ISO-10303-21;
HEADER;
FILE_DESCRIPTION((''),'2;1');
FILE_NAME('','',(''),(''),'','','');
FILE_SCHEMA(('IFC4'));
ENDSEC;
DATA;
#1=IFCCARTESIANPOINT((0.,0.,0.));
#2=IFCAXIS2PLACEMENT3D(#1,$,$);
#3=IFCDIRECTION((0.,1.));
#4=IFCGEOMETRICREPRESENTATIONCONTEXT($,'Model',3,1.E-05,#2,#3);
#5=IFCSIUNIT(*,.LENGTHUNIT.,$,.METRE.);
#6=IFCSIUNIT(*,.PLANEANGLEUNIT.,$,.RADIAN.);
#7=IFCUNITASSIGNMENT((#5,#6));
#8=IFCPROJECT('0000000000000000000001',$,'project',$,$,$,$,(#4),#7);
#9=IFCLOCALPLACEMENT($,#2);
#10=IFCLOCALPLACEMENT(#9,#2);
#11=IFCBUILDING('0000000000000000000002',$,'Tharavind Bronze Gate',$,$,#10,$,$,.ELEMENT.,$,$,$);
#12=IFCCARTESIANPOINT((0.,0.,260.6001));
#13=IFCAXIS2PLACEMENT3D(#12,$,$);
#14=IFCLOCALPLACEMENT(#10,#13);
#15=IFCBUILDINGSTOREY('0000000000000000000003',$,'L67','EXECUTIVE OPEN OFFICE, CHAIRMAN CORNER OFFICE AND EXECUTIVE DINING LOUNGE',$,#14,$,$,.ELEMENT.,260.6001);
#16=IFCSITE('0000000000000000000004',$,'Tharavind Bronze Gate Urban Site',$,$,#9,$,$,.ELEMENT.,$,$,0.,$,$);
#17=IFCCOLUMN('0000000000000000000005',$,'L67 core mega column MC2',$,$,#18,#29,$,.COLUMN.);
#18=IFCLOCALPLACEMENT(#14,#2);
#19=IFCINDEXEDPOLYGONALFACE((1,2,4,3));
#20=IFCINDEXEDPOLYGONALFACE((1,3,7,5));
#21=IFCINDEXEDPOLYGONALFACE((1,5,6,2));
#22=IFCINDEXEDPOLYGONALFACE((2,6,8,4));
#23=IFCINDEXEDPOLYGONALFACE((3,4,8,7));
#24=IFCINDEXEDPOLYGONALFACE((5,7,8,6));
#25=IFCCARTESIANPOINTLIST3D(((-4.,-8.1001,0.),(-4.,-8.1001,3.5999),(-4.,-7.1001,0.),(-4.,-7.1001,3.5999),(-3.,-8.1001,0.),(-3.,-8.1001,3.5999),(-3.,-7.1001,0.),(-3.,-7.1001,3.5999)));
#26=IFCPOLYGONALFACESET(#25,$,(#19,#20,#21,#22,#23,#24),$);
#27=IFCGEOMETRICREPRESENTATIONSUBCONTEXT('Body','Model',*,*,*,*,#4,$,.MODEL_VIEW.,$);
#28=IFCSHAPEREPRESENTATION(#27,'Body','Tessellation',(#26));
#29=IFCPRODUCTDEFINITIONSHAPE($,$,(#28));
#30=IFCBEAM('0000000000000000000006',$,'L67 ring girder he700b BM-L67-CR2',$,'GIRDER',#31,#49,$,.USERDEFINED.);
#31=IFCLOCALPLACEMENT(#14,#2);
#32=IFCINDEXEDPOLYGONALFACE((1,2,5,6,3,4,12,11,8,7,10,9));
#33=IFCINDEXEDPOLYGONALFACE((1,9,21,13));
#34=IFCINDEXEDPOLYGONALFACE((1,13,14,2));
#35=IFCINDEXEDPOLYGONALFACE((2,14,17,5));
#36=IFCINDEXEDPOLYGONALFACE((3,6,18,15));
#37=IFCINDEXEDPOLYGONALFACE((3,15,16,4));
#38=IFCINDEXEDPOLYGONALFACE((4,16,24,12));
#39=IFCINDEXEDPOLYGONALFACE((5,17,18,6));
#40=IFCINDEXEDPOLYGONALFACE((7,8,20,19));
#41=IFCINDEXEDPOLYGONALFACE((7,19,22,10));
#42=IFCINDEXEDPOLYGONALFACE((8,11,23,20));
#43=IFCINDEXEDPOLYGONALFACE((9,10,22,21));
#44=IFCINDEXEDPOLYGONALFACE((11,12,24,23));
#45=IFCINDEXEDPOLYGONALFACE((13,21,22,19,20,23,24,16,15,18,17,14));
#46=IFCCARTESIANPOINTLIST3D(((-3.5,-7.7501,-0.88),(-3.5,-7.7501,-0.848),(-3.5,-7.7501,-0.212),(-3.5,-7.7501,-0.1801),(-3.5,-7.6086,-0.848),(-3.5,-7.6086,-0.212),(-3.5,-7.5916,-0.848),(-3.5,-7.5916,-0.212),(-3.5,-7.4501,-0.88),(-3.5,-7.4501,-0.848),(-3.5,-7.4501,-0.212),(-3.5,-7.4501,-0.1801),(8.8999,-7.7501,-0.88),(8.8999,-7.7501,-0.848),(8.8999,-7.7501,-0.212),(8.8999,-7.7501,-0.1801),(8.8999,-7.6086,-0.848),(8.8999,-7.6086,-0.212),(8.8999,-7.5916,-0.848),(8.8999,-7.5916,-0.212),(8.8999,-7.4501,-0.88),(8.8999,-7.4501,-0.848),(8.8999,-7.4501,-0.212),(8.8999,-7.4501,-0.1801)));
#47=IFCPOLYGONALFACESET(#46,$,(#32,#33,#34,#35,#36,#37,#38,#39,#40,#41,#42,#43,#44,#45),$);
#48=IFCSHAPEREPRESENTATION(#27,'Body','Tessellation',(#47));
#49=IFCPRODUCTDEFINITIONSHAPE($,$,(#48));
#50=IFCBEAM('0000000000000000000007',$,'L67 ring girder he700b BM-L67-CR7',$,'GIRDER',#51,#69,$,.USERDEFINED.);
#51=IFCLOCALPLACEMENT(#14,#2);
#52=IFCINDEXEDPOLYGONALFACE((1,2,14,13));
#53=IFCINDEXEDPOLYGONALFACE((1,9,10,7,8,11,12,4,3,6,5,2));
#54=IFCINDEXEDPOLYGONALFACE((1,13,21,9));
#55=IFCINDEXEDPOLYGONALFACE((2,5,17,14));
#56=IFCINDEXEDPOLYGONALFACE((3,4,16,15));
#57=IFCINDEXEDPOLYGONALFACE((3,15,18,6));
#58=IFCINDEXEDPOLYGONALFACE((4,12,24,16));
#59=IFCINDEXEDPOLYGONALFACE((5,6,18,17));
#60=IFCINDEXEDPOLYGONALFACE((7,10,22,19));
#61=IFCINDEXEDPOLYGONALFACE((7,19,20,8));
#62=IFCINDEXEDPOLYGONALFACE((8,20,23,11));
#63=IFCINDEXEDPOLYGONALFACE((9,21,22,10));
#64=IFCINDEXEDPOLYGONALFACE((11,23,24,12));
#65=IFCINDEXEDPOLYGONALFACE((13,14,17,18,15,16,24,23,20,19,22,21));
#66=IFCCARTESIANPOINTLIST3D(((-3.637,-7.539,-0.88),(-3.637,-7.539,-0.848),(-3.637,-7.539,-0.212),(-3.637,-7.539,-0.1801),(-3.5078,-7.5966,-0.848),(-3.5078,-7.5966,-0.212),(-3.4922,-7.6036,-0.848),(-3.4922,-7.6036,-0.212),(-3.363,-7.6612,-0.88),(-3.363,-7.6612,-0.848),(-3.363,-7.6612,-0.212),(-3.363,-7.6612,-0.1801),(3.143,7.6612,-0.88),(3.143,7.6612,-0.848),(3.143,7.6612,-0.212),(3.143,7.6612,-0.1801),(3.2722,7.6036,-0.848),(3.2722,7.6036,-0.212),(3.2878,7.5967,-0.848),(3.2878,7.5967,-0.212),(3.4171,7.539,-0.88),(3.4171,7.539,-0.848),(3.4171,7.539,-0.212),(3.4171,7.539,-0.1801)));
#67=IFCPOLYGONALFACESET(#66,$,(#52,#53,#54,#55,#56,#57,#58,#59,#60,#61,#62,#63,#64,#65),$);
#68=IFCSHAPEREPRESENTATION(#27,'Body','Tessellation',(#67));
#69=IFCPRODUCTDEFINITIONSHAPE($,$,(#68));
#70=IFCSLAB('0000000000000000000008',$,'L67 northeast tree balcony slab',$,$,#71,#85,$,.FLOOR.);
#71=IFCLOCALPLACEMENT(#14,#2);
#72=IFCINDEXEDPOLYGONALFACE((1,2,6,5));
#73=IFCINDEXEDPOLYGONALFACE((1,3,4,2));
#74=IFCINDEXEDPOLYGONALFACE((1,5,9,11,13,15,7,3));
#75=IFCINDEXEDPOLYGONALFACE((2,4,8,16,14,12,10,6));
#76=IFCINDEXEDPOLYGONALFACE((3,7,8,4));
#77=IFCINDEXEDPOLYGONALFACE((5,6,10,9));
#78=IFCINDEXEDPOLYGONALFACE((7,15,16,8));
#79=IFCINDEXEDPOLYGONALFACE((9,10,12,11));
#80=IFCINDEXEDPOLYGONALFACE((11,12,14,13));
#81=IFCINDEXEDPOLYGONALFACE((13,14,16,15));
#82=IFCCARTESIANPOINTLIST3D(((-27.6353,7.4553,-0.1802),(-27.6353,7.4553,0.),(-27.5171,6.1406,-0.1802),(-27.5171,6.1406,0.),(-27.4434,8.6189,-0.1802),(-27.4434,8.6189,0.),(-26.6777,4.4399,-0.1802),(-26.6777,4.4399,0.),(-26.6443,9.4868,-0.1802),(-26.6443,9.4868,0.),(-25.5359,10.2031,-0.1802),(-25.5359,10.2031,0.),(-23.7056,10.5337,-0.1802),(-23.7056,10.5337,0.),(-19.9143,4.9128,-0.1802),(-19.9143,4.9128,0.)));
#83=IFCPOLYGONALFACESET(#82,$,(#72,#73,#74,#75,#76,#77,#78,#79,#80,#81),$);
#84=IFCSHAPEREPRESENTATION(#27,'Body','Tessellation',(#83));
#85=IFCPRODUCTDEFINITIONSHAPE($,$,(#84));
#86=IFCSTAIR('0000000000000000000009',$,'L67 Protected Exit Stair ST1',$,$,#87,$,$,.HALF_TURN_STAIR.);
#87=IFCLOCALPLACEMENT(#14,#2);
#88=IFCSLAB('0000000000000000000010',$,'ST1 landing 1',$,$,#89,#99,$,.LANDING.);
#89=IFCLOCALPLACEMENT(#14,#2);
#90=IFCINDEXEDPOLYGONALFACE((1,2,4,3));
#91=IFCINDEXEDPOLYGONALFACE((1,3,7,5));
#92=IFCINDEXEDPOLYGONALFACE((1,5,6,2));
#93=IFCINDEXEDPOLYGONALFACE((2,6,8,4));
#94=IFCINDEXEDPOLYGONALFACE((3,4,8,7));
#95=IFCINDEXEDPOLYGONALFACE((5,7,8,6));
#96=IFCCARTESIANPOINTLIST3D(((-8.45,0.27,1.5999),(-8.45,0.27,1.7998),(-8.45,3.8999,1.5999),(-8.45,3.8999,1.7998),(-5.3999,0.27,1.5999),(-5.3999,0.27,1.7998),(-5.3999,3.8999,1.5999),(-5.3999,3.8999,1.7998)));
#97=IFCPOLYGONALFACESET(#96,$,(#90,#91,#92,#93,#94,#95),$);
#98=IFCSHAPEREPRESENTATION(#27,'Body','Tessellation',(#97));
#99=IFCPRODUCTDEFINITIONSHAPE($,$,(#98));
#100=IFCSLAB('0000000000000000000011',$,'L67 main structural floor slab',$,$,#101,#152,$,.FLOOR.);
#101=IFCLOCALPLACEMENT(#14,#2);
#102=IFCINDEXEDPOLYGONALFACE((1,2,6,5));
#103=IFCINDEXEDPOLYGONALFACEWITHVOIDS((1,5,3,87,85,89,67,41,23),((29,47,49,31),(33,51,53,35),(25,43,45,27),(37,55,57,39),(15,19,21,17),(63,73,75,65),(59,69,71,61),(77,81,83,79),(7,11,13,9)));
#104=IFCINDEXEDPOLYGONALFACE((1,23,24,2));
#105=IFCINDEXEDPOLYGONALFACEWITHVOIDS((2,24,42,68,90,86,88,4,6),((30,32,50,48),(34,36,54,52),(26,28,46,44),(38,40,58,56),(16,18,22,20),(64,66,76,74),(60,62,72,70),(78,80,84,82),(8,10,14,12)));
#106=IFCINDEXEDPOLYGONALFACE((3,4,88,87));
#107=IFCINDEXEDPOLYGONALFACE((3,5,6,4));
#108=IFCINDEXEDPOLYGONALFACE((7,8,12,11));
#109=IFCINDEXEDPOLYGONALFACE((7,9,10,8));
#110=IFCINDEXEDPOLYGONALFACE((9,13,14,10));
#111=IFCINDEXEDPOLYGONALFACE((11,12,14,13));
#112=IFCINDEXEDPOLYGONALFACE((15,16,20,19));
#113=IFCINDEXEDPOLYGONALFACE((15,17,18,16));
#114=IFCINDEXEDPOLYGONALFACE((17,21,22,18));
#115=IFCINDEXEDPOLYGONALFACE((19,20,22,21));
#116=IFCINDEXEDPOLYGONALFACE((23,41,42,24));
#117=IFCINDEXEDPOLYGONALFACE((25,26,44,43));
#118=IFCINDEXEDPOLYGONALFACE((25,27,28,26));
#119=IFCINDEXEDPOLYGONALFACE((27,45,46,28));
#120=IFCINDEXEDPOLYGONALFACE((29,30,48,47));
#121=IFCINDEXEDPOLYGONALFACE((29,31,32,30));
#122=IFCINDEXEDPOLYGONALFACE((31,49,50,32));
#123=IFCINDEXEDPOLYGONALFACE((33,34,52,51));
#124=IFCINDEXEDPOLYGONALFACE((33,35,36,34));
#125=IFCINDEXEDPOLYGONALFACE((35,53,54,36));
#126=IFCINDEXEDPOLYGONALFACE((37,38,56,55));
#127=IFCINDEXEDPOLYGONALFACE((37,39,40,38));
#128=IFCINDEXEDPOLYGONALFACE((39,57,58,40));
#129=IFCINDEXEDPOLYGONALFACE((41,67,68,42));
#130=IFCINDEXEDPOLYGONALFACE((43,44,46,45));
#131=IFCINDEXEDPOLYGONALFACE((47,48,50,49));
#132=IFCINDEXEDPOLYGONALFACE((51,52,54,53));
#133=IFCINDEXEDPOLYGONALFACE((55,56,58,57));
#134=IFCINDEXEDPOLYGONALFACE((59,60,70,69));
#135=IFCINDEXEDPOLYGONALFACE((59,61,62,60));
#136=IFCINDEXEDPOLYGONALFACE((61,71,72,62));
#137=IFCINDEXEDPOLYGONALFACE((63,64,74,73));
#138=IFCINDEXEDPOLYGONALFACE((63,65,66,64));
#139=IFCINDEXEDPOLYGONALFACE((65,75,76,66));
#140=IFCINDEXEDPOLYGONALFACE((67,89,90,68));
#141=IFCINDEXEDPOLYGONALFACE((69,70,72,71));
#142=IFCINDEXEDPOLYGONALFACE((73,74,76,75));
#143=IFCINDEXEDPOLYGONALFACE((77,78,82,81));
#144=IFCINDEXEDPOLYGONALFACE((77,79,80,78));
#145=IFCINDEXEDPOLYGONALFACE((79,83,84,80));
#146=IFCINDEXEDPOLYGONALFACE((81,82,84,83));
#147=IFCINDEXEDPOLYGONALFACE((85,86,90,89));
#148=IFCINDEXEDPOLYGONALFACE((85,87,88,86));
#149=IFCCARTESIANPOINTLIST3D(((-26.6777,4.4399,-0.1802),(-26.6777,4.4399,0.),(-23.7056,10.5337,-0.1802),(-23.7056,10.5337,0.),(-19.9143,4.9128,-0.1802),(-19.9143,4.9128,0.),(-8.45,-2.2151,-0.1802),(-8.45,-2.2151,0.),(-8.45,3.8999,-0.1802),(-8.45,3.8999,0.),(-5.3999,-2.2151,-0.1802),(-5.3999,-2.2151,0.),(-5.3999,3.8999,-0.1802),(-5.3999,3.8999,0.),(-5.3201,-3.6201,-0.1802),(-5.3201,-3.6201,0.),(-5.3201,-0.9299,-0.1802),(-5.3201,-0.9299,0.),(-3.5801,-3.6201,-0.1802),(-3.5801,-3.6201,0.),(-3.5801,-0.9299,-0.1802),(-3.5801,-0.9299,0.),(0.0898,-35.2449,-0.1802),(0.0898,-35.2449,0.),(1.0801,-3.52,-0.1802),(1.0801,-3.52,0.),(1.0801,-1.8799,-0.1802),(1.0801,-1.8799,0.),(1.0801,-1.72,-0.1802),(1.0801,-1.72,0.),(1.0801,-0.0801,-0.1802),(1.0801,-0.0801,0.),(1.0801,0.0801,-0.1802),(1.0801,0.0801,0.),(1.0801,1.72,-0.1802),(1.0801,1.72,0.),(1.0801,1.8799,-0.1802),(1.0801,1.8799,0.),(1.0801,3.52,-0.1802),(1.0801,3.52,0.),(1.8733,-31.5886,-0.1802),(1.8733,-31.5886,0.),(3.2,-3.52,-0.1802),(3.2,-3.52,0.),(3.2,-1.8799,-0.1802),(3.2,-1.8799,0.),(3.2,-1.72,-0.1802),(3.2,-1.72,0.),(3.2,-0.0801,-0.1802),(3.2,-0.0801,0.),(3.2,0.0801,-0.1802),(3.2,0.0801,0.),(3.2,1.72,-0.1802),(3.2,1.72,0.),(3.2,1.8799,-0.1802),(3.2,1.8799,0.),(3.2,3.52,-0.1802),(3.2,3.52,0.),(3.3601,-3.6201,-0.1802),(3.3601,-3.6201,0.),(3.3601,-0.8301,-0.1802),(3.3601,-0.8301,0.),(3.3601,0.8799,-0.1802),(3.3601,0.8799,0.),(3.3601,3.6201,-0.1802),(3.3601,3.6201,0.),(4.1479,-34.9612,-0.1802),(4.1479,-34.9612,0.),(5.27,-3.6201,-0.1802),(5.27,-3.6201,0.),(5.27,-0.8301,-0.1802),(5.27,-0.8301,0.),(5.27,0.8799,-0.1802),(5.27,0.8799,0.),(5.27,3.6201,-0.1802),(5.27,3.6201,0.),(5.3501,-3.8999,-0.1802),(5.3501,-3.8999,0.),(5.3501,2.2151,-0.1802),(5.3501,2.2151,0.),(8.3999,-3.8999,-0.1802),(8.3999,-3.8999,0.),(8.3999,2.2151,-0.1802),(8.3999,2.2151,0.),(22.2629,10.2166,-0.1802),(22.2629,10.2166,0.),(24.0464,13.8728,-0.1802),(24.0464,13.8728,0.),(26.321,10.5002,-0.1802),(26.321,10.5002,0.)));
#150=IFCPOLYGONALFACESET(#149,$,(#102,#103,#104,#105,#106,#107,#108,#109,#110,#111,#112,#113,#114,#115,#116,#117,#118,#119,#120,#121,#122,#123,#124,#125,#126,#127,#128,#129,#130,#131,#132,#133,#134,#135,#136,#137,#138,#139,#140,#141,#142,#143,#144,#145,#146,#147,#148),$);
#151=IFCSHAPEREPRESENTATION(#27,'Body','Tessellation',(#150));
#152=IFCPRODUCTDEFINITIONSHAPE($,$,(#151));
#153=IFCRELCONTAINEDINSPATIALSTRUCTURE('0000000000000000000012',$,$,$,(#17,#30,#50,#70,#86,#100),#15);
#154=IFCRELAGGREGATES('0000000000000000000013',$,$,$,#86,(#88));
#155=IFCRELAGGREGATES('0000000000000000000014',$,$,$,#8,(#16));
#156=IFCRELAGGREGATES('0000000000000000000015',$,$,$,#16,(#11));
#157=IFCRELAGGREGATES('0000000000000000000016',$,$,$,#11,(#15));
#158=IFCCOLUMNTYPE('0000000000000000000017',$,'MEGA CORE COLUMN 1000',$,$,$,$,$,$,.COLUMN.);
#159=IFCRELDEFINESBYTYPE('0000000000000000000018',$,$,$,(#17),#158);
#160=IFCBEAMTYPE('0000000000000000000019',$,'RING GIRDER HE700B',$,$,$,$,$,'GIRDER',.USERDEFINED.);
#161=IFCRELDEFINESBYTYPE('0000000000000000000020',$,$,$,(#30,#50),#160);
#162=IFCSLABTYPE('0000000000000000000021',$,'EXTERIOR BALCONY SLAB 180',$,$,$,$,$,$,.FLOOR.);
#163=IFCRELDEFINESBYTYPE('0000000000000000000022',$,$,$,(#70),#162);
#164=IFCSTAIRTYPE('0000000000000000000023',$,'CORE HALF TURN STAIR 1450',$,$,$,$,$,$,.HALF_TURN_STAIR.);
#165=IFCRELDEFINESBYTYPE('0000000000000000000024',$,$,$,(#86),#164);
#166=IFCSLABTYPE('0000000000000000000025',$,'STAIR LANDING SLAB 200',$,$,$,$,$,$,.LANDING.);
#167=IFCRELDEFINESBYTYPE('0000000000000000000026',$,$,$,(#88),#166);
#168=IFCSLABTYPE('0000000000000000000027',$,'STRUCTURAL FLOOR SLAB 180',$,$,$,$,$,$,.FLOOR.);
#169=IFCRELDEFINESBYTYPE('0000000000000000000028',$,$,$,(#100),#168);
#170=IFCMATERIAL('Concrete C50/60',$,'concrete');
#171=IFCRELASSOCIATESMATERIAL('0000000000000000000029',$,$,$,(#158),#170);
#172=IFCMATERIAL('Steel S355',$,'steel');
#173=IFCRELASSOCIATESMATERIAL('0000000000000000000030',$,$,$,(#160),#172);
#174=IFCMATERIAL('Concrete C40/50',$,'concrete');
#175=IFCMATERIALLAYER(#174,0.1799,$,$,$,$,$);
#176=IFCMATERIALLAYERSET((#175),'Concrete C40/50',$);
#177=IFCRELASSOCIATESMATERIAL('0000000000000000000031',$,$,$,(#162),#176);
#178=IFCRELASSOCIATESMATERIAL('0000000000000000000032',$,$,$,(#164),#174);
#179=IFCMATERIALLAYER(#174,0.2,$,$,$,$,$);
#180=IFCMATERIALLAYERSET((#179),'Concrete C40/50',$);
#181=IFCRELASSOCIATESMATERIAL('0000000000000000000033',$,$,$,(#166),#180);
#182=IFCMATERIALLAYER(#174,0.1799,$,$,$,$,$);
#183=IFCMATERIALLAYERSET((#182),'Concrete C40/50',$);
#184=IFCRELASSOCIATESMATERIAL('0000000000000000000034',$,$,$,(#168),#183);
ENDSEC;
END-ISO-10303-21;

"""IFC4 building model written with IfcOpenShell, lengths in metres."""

from ifc_helpers import new_model, si_unit, direction, frame, origin, origin_2d, place, context, subcontext, project, spatial, polyline, rectangle, i_section, outline, extrude, material, layer, layer_set, material_profile, profile_set, type_object, element, aggregate, save


model = new_model("IFC4")

# Units and contexts
model_context = context("Model", 3, precision=1e-05, world=origin(), true_north=direction((0.0, 1.0)))
body_context = subcontext(model_context, "Body", "Model", "MODEL_VIEW")
ifc_project = project(units=[si_unit("LENGTHUNIT", "METRE"), si_unit("PLANEANGLEUNIT", "RADIAN")], contexts=[model_context])

# Site, building, storey
site_placement = place(None, origin())
site = spatial("IfcSite", under=ifc_project, at=site_placement, Name="Tharavind Bronze Gate Urban Site", CompositionType="ELEMENT", RefElevation=0.0)
building_placement = place(site_placement, origin())
building = spatial("IfcBuilding", under=site, at=building_placement, Name="Tharavind Bronze Gate", CompositionType="ELEMENT")
storey_placement = place(building_placement, frame((0.0, 0.0, 260.6001)))
storey = spatial("IfcBuildingStorey", under=building, at=storey_placement, Name="L67", Description="EXECUTIVE OPEN OFFICE, CHAIRMAN CORNER OFFICE AND EXECUTIVE DINING LOUNGE", CompositionType="ELEMENT", Elevation=260.6001)

# Column
ifc_material_1 = material(Name="Concrete C50/60", Category="concrete")
ifc_material_profile_1 = material_profile(ifc_material_1, rectangle(XDim=1.0, YDim=1.0, at=origin_2d()), Name="RCCOL1000")
ifc_profile_set_1 = profile_set([ifc_material_profile_1], Name="Concrete C50/60")
column_type = type_object("IfcColumnType", Name="MEGA CORE COLUMN 1000", PredefinedType="COLUMN", material=ifc_profile_set_1)
column_placement = place(storey_placement, frame((-3.5, -7.6001, 0.0), z_axis=(0.0, 0.0, 1.0), x_axis=(1.0, 0.0, 0.0)))
element("IfcColumn", 1, at=column_placement, inside=storey, type_object=column_type, Name="L67 core mega column MC2", PredefinedType="COLUMN", context=body_context, shape_type="SweptSolid", body=[
    extrude(rectangle(XDim=1.0, YDim=1.0, at=origin_2d()), origin(), (0.0, 0.0, 1.0), 3.5999),
])

# Beams
ifc_material_2 = material(Name="Steel S355", Category="steel")
ifc_material_profile_2 = material_profile(ifc_material_2, i_section(OverallWidth=0.3, OverallDepth=0.7, WebThickness=0.0171, FlangeThickness=0.032, at=origin_2d()), Name="HE700B")
ifc_profile_set_2 = profile_set([ifc_material_profile_2], Name="Steel S355")
beam_type = type_object("IfcBeamType", Name="RING GIRDER HE700B", ElementType="GIRDER", PredefinedType="USERDEFINED", material=ifc_profile_set_2)
beam_1_placement = place(storey_placement, frame((-3.5, -7.6001, -0.53), z_axis=(1.0, 0.0, 0.0), x_axis=(0.0, 1.0, 0.0)))
element("IfcBeam", 2, at=beam_1_placement, inside=storey, type_object=beam_type, Name="L67 ring girder he700b BM-L67-CR2", ObjectType="GIRDER", PredefinedType="USERDEFINED", context=body_context, shape_type="SweptSolid", body=[
    extrude(i_section(OverallWidth=0.3, OverallDepth=0.7, WebThickness=0.0171, FlangeThickness=0.032, at=origin_2d()), origin(), (0.0, 0.0, 1.0), 12.3999),
])
beam_2_placement = place(storey_placement, frame((-3.5, -7.6001, -0.53), z_axis=(0.407362, 0.913267, 0.0), x_axis=(-0.913267, 0.407362, 0.0)))
element("IfcBeam", 3, at=beam_2_placement, inside=storey, type_object=beam_type, Name="L67 ring girder he700b BM-L67-CR7", ObjectType="GIRDER", PredefinedType="USERDEFINED", context=body_context, shape_type="SweptSolid", body=[
    extrude(i_section(OverallWidth=0.3, OverallDepth=0.7, WebThickness=0.0171, FlangeThickness=0.032, at=origin_2d()), origin(), (0.0, 0.0, 1.0), 16.6438),
])

# Slab
ifc_material_3 = material(Name="Concrete C40/50", Category="concrete")
ifc_layer_1 = layer(ifc_material_3, 0.1799)
ifc_layer_set_1 = layer_set([ifc_layer_1], Name="Concrete C40/50")
slab_type_1 = type_object("IfcSlabType", Name="EXTERIOR BALCONY SLAB 180", PredefinedType="FLOOR", material=ifc_layer_set_1)
slab_1_placement = place(storey_placement, frame((0.0, 0.0, -0.1802)))
element("IfcSlab", 4, at=slab_1_placement, inside=storey, type_object=slab_type_1, Name="L67 northeast tree balcony slab", PredefinedType="FLOOR", context=body_context, shape_type="SweptSolid", body=[
    extrude(outline(polyline([(-25.5359, 10.2031), (-26.6443, 9.4868), (-27.4434, 8.6189), (-27.6353, 7.4553), (-27.5171, 6.1406), (-26.6777, 4.4399), (-19.9143, 4.9128), (-23.7056, 10.5337), (-25.5359, 10.2031)])), origin(), (0.0, 0.0, 1.0), 0.1802),
])

# Stair, slab
stair_type = type_object("IfcStairType", Name="CORE HALF TURN STAIR 1450", PredefinedType="HALF_TURN_STAIR", material=ifc_material_3)
stair_placement = place(storey_placement, origin())
stair = element("IfcStair", 5, at=stair_placement, inside=storey, type_object=stair_type, Name="L67 Protected Exit Stair ST1", PredefinedType="HALF_TURN_STAIR")
ifc_layer_2 = layer(ifc_material_3, 0.2)
ifc_layer_set_2 = layer_set([ifc_layer_2], Name="Concrete C40/50")
slab_type_2 = type_object("IfcSlabType", Name="STAIR LANDING SLAB 200", PredefinedType="LANDING", material=ifc_layer_set_2)
slab_2_placement = place(storey_placement, frame((0.0, 0.0, 1.5999)))
slab_2 = element("IfcSlab", 6, at=slab_2_placement, type_object=slab_type_2, Name="ST1 landing 1", PredefinedType="LANDING", context=body_context, shape_type="SweptSolid", body=[
    extrude(outline(polyline([(-5.3999, 0.27), (-5.3999, 3.8999), (-8.45, 3.8999), (-8.45, 0.27), (-5.3999, 0.27)])), origin(), (0.0, 0.0, 1.0), 0.2),
])

# Slab
ifc_layer_3 = layer(ifc_material_3, 0.1799)
ifc_layer_set_3 = layer_set([ifc_layer_3], Name="Concrete C40/50")
slab_type_3 = type_object("IfcSlabType", Name="STRUCTURAL FLOOR SLAB 180", PredefinedType="FLOOR", material=ifc_layer_set_3)
slab_3_placement = place(storey_placement, frame((0.0, 0.0, -0.1802)))
element("IfcSlab", 7, at=slab_3_placement, inside=storey, type_object=slab_type_3, Name="L67 main structural floor slab", PredefinedType="FLOOR", context=body_context, shape_type="SweptSolid", body=[
    extrude(outline(polyline([(-23.7056, 10.5337), (-19.9143, 4.9128), (-26.6777, 4.4399), (0.0898, -35.2449), (1.8733, -31.5886), (4.1479, -34.9612), (26.321, 10.5002), (22.2629, 10.2166), (24.0464, 13.8728), (-23.7056, 10.5337)]), holes=[polyline([(-5.3999, -2.2151), (-5.3999, 3.8999), (-8.45, 3.8999), (-8.45, -2.2151), (-5.3999, -2.2151)]), polyline([(5.3501, 2.2151), (5.3501, -3.8999), (8.3999, -3.8999), (8.3999, 2.2151), (5.3501, 2.2151)]), polyline([(1.0801, -3.52), (3.2, -3.52), (3.2, -1.8799), (1.0801, -1.8799), (1.0801, -3.52)]), polyline([(1.0801, -1.72), (3.2, -1.72), (3.2, -0.0801), (1.0801, -0.0801), (1.0801, -1.72)]), polyline([(1.0801, 0.0801), (3.2, 0.0801), (3.2, 1.72), (1.0801, 1.72), (1.0801, 0.0801)]), polyline([(1.0801, 1.8799), (3.2, 1.8799), (3.2, 3.52), (1.0801, 3.52), (1.0801, 1.8799)]), polyline([(-5.3201, -3.6201), (-3.5801, -3.6201), (-3.5801, -0.9299), (-5.3201, -0.9299), (-5.3201, -3.6201)]), polyline([(3.3601, 0.8799), (5.27, 0.8799), (5.27, 3.6201), (3.3601, 3.6201), (3.3601, 0.8799)]), polyline([(3.3601, -3.6201), (5.27, -3.6201), (5.27, -0.8301), (3.3601, -0.8301), (3.3601, -3.6201)])]), origin(), (0.0, 0.0, 1.0), 0.1802),
])

aggregate(stair, [slab_2])

save(model, "model.ifc")
